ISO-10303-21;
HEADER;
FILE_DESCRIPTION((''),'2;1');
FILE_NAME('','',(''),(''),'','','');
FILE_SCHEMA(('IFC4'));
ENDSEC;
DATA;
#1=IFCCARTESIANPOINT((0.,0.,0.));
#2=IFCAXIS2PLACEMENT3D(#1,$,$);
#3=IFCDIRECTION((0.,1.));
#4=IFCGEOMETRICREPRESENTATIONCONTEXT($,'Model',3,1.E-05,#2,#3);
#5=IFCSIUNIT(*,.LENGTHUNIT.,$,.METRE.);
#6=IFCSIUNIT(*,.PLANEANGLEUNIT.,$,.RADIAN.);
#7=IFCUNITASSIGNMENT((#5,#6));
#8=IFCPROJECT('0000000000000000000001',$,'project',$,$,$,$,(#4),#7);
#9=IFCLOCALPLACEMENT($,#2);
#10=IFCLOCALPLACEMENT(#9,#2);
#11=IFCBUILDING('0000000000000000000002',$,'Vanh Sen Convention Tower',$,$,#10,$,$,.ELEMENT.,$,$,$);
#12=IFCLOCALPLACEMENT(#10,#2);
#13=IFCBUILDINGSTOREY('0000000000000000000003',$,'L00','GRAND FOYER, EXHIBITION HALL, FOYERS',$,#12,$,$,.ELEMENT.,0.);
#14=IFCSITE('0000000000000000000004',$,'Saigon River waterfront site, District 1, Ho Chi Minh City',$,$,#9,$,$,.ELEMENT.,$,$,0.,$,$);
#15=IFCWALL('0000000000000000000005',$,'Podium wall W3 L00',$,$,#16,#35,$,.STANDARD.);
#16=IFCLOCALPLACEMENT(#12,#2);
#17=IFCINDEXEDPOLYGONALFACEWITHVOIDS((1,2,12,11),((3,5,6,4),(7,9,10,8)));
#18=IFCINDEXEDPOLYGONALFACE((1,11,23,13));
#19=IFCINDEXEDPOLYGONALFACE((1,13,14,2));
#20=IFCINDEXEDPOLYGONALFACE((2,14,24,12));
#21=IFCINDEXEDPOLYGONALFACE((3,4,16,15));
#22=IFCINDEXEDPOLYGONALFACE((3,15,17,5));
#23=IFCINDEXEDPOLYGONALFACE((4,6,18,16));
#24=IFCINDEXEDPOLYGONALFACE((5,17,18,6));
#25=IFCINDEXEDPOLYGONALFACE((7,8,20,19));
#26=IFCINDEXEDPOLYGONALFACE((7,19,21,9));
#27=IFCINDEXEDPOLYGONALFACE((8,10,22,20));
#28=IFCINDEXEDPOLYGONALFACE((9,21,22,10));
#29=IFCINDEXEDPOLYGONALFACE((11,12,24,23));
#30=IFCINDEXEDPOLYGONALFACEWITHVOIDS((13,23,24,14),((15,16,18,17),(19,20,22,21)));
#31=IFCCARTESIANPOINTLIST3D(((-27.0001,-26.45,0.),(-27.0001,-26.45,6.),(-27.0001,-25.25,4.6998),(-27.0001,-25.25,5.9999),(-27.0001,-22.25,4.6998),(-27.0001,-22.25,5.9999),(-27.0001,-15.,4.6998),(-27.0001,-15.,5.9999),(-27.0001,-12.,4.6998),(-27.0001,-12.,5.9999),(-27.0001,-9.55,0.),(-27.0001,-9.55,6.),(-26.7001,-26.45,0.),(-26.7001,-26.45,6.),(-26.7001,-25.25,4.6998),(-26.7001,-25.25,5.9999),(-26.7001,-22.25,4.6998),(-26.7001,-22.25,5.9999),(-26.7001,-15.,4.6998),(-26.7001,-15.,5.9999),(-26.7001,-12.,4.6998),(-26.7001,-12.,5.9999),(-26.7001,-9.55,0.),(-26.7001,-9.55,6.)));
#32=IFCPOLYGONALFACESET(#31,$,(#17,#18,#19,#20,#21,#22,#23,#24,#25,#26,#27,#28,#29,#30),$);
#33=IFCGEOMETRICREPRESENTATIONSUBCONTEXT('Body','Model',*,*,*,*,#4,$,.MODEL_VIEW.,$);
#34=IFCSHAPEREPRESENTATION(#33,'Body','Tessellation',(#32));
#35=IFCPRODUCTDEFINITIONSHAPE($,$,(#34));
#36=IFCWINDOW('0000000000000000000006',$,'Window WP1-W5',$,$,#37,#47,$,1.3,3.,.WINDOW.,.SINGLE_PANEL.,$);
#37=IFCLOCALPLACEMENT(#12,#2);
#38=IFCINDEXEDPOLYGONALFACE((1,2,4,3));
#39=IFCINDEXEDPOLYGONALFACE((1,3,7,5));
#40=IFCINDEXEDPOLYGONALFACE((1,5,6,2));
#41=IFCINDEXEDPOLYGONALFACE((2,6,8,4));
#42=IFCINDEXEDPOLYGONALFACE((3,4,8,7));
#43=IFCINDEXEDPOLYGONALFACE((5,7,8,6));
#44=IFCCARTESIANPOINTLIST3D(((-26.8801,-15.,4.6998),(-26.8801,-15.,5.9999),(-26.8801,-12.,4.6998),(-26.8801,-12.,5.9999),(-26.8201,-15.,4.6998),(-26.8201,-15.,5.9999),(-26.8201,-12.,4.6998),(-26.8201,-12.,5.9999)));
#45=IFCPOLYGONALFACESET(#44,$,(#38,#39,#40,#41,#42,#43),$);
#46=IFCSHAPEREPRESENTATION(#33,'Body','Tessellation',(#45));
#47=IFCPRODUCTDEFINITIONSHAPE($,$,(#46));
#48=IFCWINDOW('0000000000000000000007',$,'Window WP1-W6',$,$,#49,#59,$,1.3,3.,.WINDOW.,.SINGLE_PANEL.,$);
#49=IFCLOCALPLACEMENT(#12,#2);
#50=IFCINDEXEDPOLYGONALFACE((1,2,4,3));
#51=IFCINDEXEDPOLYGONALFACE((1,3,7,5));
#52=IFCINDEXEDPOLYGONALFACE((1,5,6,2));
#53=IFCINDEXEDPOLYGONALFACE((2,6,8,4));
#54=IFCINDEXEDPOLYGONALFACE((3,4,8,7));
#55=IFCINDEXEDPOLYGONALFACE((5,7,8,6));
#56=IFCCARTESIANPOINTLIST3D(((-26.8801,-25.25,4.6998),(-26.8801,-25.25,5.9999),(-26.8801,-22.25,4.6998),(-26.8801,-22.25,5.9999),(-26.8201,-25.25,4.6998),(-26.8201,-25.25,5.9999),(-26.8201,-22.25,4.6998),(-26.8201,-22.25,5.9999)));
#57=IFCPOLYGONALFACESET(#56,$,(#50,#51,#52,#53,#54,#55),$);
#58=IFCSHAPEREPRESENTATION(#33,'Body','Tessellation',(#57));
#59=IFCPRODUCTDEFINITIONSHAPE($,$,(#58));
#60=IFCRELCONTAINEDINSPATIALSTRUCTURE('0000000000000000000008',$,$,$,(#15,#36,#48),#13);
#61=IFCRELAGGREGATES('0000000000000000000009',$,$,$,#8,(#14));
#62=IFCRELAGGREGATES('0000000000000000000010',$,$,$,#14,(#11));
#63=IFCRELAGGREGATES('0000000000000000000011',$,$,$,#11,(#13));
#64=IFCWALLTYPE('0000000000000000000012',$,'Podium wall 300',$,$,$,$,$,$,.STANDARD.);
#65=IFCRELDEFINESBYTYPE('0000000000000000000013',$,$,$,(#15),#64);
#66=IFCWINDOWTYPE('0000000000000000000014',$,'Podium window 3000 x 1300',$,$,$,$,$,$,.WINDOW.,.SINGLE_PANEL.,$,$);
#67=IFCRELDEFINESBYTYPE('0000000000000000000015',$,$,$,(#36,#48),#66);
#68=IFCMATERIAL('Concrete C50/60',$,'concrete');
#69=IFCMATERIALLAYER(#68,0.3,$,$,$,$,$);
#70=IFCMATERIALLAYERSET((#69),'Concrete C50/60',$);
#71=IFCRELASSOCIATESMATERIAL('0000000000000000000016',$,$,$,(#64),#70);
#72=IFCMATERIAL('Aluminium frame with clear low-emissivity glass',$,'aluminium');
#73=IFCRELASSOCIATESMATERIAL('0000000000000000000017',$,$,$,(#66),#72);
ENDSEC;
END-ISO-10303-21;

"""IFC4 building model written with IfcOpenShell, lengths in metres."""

from ifc_helpers import new_model, si_unit, direction, frame, frame_2d, origin, place, context, subcontext, project, spatial, rectangle, extrude, material, layer, layer_set, type_object, element, fill, save


model = new_model("IFC4")

# Units and contexts
model_context = context("Model", 3, precision=1e-05, world=origin(), true_north=direction((0.0, 1.0)))
body_context = subcontext(model_context, "Body", "Model", "MODEL_VIEW")
ifc_project = project(units=[si_unit("LENGTHUNIT", "METRE"), si_unit("PLANEANGLEUNIT", "RADIAN")], contexts=[model_context])

# Site, building, storey
site_placement = place(None, origin())
site = spatial("IfcSite", under=ifc_project, at=site_placement, Name="Saigon River waterfront site, District 1, Ho Chi Minh City", CompositionType="ELEMENT", RefElevation=0.0)
building_placement = place(site_placement, origin())
building = spatial("IfcBuilding", under=site, at=building_placement, Name="Vanh Sen Convention Tower", CompositionType="ELEMENT")
storey_placement = place(building_placement, origin())
storey = spatial("IfcBuildingStorey", under=building, at=storey_placement, Name="L00", Description="GRAND FOYER, EXHIBITION HALL, FOYERS", CompositionType="ELEMENT", Elevation=0.0)

# Wall, openings, windows
ifc_material_1 = material(Name="Concrete C50/60", Category="concrete")
ifc_layer_1 = layer(ifc_material_1, 0.3)
ifc_layer_set_1 = layer_set([ifc_layer_1], Name="Concrete C50/60")
wall_type_1 = type_object("IfcWallType", Name="Podium wall 300", PredefinedType="STANDARD", material=ifc_layer_set_1)
wall_1_placement = place(storey_placement, frame((-26.8501, -9.55, 0.0), z_axis=(0.0, 0.0, 1.0), x_axis=(0.0, -1.0, 0.0)))
wall_1 = element("IfcWall", 1, at=wall_1_placement, inside=storey, type_object=wall_type_1, Name="Podium wall W3 L00", PredefinedType="STANDARD", context=body_context, shape_type="SweptSolid", body=[
    extrude(rectangle(XDim=16.8999, YDim=0.3, at=frame_2d((8.45, 0.0))), origin(), (0.0, 0.0, 1.0), 6.0),
])
opening_1_placement = place(wall_1_placement, frame((2.45, 0.0, 4.7)))
opening_1 = element("IfcOpeningElement", 2, at=opening_1_placement, cuts=wall_1, PredefinedType="OPENING", context=body_context, shape_type="SweptSolid", body=[
    extrude(rectangle(XDim=3.0, YDim=1.3, at=frame_2d((1.5, 0.6499))), frame((0.0, 0.1599, 0.0), z_axis=(0.0, -1.0, 0.0), x_axis=(1.0, 0.0, 0.0)), (0.0, 0.0, 1.0), 0.3201),
])
opening_2_placement = place(wall_1_placement, frame((12.7, 0.0, 4.7)))
opening_2 = element("IfcOpeningElement", 3, at=opening_2_placement, cuts=wall_1, PredefinedType="OPENING", context=body_context, shape_type="SweptSolid", body=[
    extrude(rectangle(XDim=3.0, YDim=1.3, at=frame_2d((1.5, 0.6499))), frame((0.0, 0.1599, 0.0), z_axis=(0.0, -1.0, 0.0), x_axis=(1.0, 0.0, 0.0)), (0.0, 0.0, 1.0), 0.3201),
])
ifc_material_2 = material(Name="Aluminium frame with clear low-emissivity glass", Category="aluminium")
window_type = type_object("IfcWindowType", Name="Podium window 3000 x 1300", PartitioningType="SINGLE_PANEL", PredefinedType="WINDOW", material=ifc_material_2)
window_1_placement = place(opening_1_placement, origin())
window_1 = element("IfcWindow", 4, at=window_1_placement, inside=storey, type_object=window_type, Name="Window WP1-W5", OverallHeight=1.3, OverallWidth=3.0, PartitioningType="SINGLE_PANEL", PredefinedType="WINDOW", context=body_context, shape_type="SweptSolid", body=[
    extrude(rectangle(XDim=3.0, YDim=1.3, at=frame_2d((1.5, 0.6499))), frame((0.0, 0.03, 0.0), z_axis=(0.0, -1.0, 0.0), x_axis=(1.0, 0.0, 0.0)), (0.0, 0.0, 1.0), 0.0601),
])
fill(opening_1, window_1)
window_2_placement = place(opening_2_placement, origin())
window_2 = element("IfcWindow", 5, at=window_2_placement, inside=storey, type_object=window_type, Name="Window WP1-W6", OverallHeight=1.3, OverallWidth=3.0, PartitioningType="SINGLE_PANEL", PredefinedType="WINDOW", context=body_context, shape_type="SweptSolid", body=[
    extrude(rectangle(XDim=3.0, YDim=1.3, at=frame_2d((1.5, 0.6499))), frame((0.0, 0.03, 0.0), z_axis=(0.0, -1.0, 0.0), x_axis=(1.0, 0.0, 0.0)), (0.0, 0.0, 1.0), 0.0601),
])
fill(opening_2, window_2)

save(model, "model.ifc")
